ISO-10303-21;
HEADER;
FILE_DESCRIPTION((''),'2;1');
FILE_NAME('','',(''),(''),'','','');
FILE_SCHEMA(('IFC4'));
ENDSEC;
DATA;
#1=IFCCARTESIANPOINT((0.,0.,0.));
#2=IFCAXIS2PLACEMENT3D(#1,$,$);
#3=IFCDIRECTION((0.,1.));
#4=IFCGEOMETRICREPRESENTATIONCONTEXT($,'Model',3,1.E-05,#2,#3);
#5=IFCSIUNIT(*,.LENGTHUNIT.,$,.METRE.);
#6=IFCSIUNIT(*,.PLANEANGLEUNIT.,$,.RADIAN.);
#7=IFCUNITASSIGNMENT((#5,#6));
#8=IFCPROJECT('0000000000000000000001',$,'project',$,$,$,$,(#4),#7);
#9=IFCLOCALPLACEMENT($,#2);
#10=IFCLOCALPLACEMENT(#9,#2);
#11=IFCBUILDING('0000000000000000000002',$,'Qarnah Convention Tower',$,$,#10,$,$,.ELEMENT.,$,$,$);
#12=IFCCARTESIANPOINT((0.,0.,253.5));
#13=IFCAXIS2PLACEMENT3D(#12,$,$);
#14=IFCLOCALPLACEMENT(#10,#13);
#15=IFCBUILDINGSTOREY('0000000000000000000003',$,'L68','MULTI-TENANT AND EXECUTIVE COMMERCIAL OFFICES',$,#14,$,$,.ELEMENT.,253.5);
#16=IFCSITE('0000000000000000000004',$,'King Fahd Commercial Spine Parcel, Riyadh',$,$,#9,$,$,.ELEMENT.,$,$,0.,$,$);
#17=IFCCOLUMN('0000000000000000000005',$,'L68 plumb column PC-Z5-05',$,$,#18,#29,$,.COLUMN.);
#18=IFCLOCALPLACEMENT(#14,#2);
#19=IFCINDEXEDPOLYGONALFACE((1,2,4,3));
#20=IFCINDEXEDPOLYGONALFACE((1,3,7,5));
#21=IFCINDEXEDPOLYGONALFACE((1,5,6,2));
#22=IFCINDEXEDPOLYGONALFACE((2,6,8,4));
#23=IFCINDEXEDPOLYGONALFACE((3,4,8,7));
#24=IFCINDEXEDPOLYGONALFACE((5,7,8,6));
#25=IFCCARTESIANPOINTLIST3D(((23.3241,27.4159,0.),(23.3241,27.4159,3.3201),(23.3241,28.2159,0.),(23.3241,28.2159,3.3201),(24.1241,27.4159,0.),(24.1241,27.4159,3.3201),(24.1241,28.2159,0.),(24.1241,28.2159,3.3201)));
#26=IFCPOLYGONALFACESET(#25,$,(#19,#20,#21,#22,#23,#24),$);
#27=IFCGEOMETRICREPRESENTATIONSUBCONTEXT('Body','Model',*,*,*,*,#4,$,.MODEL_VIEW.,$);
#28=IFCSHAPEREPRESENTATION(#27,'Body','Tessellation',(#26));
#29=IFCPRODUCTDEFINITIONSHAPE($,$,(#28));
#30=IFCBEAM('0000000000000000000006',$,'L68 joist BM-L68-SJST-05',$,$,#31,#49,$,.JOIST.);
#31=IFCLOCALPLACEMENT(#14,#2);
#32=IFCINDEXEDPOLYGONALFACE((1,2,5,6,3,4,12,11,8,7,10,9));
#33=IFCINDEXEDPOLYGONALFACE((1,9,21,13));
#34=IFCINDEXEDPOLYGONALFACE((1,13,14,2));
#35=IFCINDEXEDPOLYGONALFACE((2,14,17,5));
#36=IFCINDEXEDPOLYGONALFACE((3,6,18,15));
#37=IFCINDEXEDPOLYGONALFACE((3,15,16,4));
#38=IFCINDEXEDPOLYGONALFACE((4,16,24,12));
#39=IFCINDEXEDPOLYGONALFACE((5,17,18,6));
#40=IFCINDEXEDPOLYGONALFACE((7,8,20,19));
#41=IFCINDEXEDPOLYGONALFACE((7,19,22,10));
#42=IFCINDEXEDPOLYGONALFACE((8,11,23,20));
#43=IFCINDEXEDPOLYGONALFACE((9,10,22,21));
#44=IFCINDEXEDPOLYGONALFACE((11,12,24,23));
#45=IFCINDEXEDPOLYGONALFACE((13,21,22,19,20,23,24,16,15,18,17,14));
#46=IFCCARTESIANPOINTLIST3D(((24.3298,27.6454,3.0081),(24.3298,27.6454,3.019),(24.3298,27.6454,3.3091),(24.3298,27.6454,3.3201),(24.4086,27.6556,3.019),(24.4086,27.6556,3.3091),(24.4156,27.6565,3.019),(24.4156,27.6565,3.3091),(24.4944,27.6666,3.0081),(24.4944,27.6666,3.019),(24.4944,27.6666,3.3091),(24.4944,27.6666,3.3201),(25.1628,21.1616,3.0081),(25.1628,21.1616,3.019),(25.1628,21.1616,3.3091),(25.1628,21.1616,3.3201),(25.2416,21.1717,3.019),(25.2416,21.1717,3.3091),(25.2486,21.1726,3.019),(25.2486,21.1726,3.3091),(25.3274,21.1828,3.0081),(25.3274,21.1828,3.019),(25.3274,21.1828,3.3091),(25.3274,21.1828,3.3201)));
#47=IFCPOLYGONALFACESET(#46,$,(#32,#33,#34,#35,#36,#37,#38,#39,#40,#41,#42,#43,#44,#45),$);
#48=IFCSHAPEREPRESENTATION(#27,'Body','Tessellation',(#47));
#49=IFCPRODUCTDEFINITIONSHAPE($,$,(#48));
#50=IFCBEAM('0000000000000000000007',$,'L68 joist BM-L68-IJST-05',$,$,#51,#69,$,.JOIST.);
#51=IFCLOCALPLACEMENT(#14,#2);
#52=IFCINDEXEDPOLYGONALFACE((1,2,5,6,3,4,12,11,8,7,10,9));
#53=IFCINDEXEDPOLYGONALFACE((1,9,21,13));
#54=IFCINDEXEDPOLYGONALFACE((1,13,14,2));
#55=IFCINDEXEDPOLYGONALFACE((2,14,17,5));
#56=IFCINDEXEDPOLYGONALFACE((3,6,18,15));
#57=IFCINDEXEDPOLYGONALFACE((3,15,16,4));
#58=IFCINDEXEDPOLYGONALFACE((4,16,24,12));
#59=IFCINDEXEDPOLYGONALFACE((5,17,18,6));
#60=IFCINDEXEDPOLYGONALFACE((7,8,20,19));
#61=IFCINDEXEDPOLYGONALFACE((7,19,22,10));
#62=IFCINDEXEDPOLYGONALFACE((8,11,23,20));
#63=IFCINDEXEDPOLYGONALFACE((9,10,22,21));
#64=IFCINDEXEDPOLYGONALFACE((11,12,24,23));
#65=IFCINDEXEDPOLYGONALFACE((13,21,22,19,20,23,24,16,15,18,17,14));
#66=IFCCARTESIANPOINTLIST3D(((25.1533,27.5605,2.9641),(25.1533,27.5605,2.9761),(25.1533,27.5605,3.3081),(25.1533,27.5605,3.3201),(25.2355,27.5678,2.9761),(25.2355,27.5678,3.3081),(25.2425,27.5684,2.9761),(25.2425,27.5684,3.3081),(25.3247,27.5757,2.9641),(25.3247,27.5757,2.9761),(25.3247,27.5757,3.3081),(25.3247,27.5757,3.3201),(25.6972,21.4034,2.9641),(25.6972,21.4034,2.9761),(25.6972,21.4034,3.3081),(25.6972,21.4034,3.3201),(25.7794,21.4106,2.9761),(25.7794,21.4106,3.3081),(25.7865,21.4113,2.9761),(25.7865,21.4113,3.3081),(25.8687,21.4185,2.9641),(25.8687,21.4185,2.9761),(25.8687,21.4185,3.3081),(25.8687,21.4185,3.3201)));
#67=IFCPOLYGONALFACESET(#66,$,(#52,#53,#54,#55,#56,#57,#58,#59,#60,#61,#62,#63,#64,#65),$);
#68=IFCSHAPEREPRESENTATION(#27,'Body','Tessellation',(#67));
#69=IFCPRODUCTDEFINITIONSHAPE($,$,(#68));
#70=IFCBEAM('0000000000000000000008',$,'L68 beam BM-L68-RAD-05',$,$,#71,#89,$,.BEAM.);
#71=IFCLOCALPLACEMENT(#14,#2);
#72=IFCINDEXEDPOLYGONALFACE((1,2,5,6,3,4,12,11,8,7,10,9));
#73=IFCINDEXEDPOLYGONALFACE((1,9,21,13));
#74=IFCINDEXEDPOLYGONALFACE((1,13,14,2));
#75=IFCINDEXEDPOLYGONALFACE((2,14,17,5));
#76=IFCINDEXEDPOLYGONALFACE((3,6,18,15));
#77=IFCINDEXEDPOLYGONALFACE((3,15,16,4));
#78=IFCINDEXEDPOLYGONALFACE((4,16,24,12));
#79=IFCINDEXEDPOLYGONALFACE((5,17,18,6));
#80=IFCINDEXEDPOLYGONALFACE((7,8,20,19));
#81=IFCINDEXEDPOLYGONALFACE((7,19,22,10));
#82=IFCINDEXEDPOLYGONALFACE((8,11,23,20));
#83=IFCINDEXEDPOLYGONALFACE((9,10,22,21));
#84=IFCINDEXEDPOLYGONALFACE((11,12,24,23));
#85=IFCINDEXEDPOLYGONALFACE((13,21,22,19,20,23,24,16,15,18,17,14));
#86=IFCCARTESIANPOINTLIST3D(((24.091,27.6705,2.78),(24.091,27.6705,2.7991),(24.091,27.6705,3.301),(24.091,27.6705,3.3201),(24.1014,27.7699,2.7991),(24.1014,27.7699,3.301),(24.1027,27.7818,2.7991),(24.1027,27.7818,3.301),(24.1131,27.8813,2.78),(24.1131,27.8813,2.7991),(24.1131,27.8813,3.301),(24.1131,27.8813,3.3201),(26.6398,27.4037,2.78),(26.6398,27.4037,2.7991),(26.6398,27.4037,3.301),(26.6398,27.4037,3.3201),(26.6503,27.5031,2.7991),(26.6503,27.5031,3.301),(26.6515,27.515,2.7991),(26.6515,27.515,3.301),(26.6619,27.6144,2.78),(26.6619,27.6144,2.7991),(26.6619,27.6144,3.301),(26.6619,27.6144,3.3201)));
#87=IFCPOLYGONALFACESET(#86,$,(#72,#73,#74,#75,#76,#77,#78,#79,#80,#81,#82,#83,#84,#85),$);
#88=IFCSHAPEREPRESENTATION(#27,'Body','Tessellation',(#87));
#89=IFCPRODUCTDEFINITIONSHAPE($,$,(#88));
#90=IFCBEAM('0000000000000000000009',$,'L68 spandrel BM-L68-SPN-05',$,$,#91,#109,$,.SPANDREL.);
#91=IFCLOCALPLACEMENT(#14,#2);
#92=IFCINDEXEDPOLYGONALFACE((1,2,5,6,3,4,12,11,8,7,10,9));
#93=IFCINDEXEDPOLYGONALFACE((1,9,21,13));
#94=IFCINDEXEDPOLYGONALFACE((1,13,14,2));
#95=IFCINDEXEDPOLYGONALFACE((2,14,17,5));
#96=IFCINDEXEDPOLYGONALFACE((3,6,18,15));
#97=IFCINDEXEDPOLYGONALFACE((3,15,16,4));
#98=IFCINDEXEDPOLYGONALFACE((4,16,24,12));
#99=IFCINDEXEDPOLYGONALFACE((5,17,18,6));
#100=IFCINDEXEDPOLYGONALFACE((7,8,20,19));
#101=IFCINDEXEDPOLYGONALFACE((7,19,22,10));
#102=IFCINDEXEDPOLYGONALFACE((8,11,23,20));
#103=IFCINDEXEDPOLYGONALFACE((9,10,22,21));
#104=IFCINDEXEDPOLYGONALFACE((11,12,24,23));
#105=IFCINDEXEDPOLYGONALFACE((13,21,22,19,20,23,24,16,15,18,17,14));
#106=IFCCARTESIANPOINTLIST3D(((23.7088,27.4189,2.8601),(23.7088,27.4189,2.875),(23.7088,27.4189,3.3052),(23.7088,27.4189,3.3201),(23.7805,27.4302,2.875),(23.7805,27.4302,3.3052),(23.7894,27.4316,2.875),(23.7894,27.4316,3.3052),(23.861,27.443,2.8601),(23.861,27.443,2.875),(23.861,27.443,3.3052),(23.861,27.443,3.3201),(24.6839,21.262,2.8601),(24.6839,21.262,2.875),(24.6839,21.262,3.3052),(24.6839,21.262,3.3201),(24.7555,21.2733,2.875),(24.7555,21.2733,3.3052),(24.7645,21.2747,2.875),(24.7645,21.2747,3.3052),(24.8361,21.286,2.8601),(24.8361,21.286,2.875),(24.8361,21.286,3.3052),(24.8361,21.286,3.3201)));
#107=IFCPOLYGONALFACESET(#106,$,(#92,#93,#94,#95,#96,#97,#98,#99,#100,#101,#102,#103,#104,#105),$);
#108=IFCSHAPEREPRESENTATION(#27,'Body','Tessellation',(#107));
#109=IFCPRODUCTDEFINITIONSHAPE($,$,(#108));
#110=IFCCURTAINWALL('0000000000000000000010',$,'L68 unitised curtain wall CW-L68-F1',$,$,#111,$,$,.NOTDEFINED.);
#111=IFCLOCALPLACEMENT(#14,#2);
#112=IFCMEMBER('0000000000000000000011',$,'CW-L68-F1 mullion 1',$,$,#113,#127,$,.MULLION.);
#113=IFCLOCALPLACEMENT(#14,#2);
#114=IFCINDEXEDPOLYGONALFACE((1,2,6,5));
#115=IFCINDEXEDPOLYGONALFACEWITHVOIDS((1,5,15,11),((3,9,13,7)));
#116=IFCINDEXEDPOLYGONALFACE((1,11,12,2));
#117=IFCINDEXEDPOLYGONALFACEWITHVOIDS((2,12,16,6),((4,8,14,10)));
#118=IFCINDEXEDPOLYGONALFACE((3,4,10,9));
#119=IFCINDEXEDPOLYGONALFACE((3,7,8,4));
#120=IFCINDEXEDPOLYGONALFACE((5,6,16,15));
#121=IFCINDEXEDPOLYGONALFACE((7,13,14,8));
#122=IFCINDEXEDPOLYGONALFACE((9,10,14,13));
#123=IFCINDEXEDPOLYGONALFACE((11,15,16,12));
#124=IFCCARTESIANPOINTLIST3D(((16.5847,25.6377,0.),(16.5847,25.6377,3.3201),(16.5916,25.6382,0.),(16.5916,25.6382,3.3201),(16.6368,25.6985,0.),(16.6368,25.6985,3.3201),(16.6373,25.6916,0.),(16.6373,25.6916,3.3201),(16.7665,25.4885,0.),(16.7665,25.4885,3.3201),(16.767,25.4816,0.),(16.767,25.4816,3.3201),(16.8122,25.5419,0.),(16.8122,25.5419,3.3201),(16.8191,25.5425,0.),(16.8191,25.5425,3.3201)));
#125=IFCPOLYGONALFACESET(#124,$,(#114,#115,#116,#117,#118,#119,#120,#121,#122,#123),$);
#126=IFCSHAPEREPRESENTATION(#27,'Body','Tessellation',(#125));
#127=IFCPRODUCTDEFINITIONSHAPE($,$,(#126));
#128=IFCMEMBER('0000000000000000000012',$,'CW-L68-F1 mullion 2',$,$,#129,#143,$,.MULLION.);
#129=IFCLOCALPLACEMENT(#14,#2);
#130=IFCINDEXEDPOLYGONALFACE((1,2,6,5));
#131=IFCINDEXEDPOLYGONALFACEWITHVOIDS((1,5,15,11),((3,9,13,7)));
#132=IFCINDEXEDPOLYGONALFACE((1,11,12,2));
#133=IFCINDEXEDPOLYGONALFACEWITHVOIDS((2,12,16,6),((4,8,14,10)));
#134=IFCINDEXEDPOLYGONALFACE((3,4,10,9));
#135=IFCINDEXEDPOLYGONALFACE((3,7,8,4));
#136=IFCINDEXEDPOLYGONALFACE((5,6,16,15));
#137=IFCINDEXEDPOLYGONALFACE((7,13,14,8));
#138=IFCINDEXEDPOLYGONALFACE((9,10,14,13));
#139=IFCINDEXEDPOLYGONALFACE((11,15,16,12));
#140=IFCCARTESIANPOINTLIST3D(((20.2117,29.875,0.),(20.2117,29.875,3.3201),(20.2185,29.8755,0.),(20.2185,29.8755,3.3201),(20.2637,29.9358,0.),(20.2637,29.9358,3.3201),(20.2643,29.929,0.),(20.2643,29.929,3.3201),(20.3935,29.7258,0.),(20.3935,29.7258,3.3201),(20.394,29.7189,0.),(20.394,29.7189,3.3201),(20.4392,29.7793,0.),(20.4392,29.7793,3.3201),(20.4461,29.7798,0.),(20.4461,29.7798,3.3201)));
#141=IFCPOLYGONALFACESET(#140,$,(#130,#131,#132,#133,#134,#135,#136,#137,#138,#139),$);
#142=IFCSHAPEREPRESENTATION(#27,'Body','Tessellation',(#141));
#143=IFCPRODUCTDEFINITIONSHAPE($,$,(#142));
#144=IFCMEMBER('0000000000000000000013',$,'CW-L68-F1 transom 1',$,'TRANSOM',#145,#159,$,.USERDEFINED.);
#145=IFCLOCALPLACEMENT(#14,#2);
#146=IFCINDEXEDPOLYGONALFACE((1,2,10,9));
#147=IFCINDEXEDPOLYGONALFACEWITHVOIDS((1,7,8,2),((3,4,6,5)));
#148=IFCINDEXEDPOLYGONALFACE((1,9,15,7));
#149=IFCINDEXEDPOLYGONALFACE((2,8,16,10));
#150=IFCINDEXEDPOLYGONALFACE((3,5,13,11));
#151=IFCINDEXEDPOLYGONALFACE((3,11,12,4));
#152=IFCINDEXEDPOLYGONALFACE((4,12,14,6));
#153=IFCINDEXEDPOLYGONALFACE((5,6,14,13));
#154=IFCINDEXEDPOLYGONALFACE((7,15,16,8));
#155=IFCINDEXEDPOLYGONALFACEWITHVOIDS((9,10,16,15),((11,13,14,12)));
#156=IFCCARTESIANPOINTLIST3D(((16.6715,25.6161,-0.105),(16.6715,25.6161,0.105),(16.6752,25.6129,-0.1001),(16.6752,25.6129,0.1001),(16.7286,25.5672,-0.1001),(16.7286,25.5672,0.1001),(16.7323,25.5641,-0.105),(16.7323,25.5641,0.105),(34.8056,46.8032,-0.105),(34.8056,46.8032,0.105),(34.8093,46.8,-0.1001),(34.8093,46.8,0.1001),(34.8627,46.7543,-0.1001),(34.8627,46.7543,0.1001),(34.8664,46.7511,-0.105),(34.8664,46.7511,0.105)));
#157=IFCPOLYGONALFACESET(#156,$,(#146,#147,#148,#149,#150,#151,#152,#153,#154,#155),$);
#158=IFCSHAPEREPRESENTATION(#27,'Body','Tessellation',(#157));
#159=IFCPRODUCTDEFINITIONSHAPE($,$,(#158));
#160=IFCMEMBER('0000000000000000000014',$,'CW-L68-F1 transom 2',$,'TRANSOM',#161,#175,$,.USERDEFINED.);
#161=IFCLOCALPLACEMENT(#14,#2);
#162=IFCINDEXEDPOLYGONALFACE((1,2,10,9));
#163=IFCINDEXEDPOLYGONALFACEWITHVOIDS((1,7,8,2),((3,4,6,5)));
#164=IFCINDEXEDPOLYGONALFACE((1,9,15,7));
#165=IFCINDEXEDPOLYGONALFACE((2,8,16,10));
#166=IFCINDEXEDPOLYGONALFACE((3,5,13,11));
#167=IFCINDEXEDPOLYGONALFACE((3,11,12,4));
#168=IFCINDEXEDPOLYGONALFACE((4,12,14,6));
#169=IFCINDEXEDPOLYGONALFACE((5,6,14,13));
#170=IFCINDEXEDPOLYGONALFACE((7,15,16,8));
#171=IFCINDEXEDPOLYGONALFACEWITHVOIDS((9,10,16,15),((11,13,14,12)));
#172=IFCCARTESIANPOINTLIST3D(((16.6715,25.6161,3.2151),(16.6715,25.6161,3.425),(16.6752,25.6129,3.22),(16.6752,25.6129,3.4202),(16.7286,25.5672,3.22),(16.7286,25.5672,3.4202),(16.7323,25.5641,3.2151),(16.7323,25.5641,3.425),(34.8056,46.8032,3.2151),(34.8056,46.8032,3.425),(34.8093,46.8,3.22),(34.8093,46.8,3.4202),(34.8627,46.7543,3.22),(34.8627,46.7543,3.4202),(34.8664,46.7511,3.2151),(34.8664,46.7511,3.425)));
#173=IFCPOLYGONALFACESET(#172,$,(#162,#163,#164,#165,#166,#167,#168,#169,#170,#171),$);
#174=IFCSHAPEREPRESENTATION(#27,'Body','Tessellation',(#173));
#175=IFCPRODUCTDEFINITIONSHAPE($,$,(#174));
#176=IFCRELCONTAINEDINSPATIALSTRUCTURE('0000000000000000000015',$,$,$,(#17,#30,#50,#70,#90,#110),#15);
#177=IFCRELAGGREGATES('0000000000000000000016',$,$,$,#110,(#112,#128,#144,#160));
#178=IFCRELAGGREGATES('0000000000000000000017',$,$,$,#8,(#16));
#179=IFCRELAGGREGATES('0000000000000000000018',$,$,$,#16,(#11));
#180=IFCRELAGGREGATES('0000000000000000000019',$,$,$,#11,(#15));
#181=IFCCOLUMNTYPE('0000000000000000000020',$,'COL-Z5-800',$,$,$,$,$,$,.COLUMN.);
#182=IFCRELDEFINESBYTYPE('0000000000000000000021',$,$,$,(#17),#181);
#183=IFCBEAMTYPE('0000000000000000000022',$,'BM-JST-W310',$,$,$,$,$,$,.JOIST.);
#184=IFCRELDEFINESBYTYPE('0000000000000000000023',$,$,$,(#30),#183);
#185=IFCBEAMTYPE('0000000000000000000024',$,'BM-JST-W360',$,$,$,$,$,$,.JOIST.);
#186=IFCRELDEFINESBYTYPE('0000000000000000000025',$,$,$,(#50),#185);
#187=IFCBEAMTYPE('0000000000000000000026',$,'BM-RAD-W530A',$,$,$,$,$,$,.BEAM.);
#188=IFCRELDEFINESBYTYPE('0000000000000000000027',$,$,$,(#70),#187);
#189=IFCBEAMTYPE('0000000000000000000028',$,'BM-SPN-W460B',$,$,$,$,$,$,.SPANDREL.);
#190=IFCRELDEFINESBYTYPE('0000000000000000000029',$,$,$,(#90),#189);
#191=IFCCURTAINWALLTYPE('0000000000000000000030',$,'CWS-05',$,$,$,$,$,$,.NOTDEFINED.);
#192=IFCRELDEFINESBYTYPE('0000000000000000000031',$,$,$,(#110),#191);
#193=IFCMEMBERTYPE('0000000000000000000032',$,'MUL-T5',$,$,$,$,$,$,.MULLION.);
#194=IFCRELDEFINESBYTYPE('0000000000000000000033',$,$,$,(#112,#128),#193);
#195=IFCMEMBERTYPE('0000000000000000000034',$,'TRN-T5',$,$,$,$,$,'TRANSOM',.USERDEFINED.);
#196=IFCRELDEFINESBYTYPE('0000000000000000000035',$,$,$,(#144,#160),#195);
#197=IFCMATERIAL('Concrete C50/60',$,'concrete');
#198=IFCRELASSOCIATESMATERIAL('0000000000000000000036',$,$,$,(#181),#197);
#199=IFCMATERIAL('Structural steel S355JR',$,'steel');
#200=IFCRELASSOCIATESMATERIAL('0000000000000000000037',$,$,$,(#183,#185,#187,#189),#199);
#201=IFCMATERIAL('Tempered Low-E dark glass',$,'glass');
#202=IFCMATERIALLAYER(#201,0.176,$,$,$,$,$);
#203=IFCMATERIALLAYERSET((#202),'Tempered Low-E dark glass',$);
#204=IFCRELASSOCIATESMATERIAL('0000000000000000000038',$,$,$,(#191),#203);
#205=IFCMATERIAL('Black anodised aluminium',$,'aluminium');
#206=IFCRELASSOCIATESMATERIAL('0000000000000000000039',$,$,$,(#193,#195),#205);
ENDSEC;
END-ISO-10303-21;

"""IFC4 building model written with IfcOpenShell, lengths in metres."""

from ifc_helpers import new_model, si_unit, direction, frame, origin, origin_2d, place, context, subcontext, project, spatial, rectangle, hollow_rectangle, i_section, extrude, material, layer, layer_set, material_profile, profile_set, type_object, element, aggregate, save


model = new_model("IFC4")

# Units and contexts
model_context = context("Model", 3, precision=1e-05, world=origin(), true_north=direction((0.0, 1.0)))
body_context = subcontext(model_context, "Body", "Model", "MODEL_VIEW")
ifc_project = project(units=[si_unit("LENGTHUNIT", "METRE"), si_unit("PLANEANGLEUNIT", "RADIAN")], contexts=[model_context])

# Site, building, storey
site_placement = place(None, origin())
site = spatial("IfcSite", under=ifc_project, at=site_placement, Name="King Fahd Commercial Spine Parcel, Riyadh", CompositionType="ELEMENT", RefElevation=0.0)
building_placement = place(site_placement, origin())
building = spatial("IfcBuilding", under=site, at=building_placement, Name="Qarnah Convention Tower", CompositionType="ELEMENT")
storey_placement = place(building_placement, frame((0.0, 0.0, 253.5)))
storey = spatial("IfcBuildingStorey", under=building, at=storey_placement, Name="L68", Description="MULTI-TENANT AND EXECUTIVE COMMERCIAL OFFICES", CompositionType="ELEMENT", Elevation=253.5)

# Column
ifc_material_1 = material(Name="Concrete C50/60", Category="concrete")
ifc_material_profile_1 = material_profile(ifc_material_1, rectangle(XDim=0.8, YDim=0.8, at=origin_2d()), Name="RC-COL-800X800")
ifc_profile_set_1 = profile_set([ifc_material_profile_1], Name="Concrete C50/60")
column_type = type_object("IfcColumnType", Name="COL-Z5-800", PredefinedType="COLUMN", material=ifc_profile_set_1)
column_placement = place(storey_placement, frame((23.7241, 27.8159, 0.0), z_axis=(0.0, 0.0, 1.0), x_axis=(1.0, 0.0, 0.0)))
element("IfcColumn", 1, at=column_placement, inside=storey, type_object=column_type, Name="L68 plumb column PC-Z5-05", PredefinedType="COLUMN", context=body_context, shape_type="SweptSolid", body=[
    extrude(rectangle(XDim=0.8, YDim=0.8, at=origin_2d()), origin(), (0.0, 0.0, 1.0), 3.3201),
])

# Beams
ifc_material_2 = material(Name="Structural steel S355JR", Category="steel")
ifc_material_profile_2 = material_profile(ifc_material_2, i_section(OverallWidth=0.166, OverallDepth=0.312, WebThickness=0.0071, FlangeThickness=0.011, at=origin_2d()), Name="W310X45")
ifc_profile_set_2 = profile_set([ifc_material_profile_2], Name="Structural steel S355JR")
beam_type_1 = type_object("IfcBeamType", Name="BM-JST-W310", PredefinedType="JOIST", material=ifc_profile_set_2)
beam_1_placement = place(storey_placement, frame((24.4121, 27.656, 3.1641), z_axis=(0.127426, -0.991848, 0.0), x_axis=(0.991848, 0.127426, 0.0)))
element("IfcBeam", 2, at=beam_1_placement, inside=storey, type_object=beam_type_1, Name="L68 joist BM-L68-SJST-05", PredefinedType="JOIST", context=body_context, shape_type="SweptSolid", body=[
    extrude(i_section(OverallWidth=0.166, OverallDepth=0.312, WebThickness=0.0071, FlangeThickness=0.011, at=origin_2d()), origin(), (0.0, 0.0, 1.0), 6.5371),
])
ifc_material_profile_3 = material_profile(ifc_material_2, i_section(OverallWidth=0.1721, OverallDepth=0.356, WebThickness=0.0071, FlangeThickness=0.012, at=origin_2d()), Name="W360X51")
ifc_profile_set_3 = profile_set([ifc_material_profile_3], Name="Structural steel S355JR")
beam_type_2 = type_object("IfcBeamType", Name="BM-JST-W360", PredefinedType="JOIST", material=ifc_profile_set_3)
beam_2_placement = place(storey_placement, frame((25.239, 27.5681, 3.1421), z_axis=(0.088, -0.99612, 0.0), x_axis=(0.99612, 0.088, 0.0)))
element("IfcBeam", 3, at=beam_2_placement, inside=storey, type_object=beam_type_2, Name="L68 joist BM-L68-IJST-05", PredefinedType="JOIST", context=body_context, shape_type="SweptSolid", body=[
    extrude(i_section(OverallWidth=0.1721, OverallDepth=0.356, WebThickness=0.0071, FlangeThickness=0.012, at=origin_2d()), origin(), (0.0, 0.0, 1.0), 6.1812),
])
ifc_material_profile_4 = material_profile(ifc_material_2, i_section(OverallWidth=0.2119, OverallDepth=0.54, WebThickness=0.012, FlangeThickness=0.019, at=origin_2d()), Name="W530X109")
ifc_profile_set_4 = profile_set([ifc_material_profile_4], Name="Structural steel S355JR")
beam_type_3 = type_object("IfcBeamType", Name="BM-RAD-W530A", PredefinedType="BEAM", material=ifc_profile_set_4)
beam_3_placement = place(storey_placement, frame((26.6509, 27.509, 3.05), z_axis=(-0.994564, 0.104124, 0.0), x_axis=(-0.104124, -0.994564, 0.0)))
element("IfcBeam", 4, at=beam_3_placement, inside=storey, type_object=beam_type_3, Name="L68 beam BM-L68-RAD-05", PredefinedType="BEAM", context=body_context, shape_type="SweptSolid", body=[
    extrude(i_section(OverallWidth=0.2119, OverallDepth=0.54, WebThickness=0.012, FlangeThickness=0.019, at=origin_2d()), origin(), (0.0, 0.0, 1.0), 2.5627),
])
ifc_material_profile_5 = material_profile(ifc_material_2, i_section(OverallWidth=0.1541, OverallDepth=0.46, WebThickness=0.009, FlangeThickness=0.0149, at=origin_2d()), Name="W460X68")
ifc_profile_set_5 = profile_set([ifc_material_profile_5], Name="Structural steel S355JR")
beam_type_4 = type_object("IfcBeamType", Name="BM-SPN-W460B", PredefinedType="SPANDREL", material=ifc_profile_set_5)
beam_4_placement = place(storey_placement, frame((23.7849, 27.4309, 3.0901), z_axis=(0.156423, -0.98769, 0.0), x_axis=(0.98769, 0.156423, 0.0)))
element("IfcBeam", 5, at=beam_4_placement, inside=storey, type_object=beam_type_4, Name="L68 spandrel BM-L68-SPN-05", PredefinedType="SPANDREL", context=body_context, shape_type="SweptSolid", body=[
    extrude(i_section(OverallWidth=0.1541, OverallDepth=0.46, WebThickness=0.009, FlangeThickness=0.0149, at=origin_2d()), origin(), (0.0, 0.0, 1.0), 6.2336),
])

# Curtain wall, members
ifc_material_3 = material(Name="Tempered Low-E dark glass", Category="glass")
ifc_layer_1 = layer(ifc_material_3, 0.176)
ifc_layer_set_1 = layer_set([ifc_layer_1], Name="Tempered Low-E dark glass")
curtain_wall_type = type_object("IfcCurtainWallType", Name="CWS-05", PredefinedType="NOTDEFINED", material=ifc_layer_set_1)
curtain_wall_placement = place(storey_placement, origin())
curtain_wall = element("IfcCurtainWall", 6, at=curtain_wall_placement, inside=storey, type_object=curtain_wall_type, Name="L68 unitised curtain wall CW-L68-F1", PredefinedType="NOTDEFINED")
ifc_material_4 = material(Name="Black anodised aluminium", Category="aluminium")
ifc_material_profile_6 = material_profile(ifc_material_4, hollow_rectangle(XDim=0.0801, YDim=0.24, WallThickness=0.0049, at=origin_2d()), Name="MUL-80X240")
ifc_profile_set_6 = profile_set([ifc_material_profile_6], Name="Black anodised aluminium")
member_type_1 = type_object("IfcMemberType", Name="MUL-T5", PredefinedType="MULLION", material=ifc_profile_set_6)
member_1_placement = place(storey_placement, frame((16.7019, 25.5901, 0.0), z_axis=(0.0, 0.0, 1.0), x_axis=(0.650248, 0.759722, 0.0)))
member_1 = element("IfcMember", 7, at=member_1_placement, type_object=member_type_1, Name="CW-L68-F1 mullion 1", PredefinedType="MULLION", context=body_context, shape_type="SweptSolid", body=[
    extrude(hollow_rectangle(XDim=0.0801, YDim=0.24, WallThickness=0.0049, at=origin_2d()), origin(), (0.0, 0.0, 1.0), 3.3201),
])
member_2_placement = place(storey_placement, frame((20.3289, 29.8274, 0.0), z_axis=(0.0, 0.0, 1.0), x_axis=(0.650248, 0.759722, 0.0)))
member_2 = element("IfcMember", 8, at=member_2_placement, type_object=member_type_1, Name="CW-L68-F1 mullion 2", PredefinedType="MULLION", context=body_context, shape_type="SweptSolid", body=[
    extrude(hollow_rectangle(XDim=0.0801, YDim=0.24, WallThickness=0.0049, at=origin_2d()), origin(), (0.0, 0.0, 1.0), 3.3201),
])
ifc_material_profile_7 = material_profile(ifc_material_4, hollow_rectangle(XDim=0.0801, YDim=0.21, WallThickness=0.0049, at=origin_2d()), Name="TRN-80X210")
ifc_profile_set_7 = profile_set([ifc_material_profile_7], Name="Black anodised aluminium")
member_type_2 = type_object("IfcMemberType", Name="TRN-T5", ElementType="TRANSOM", PredefinedType="USERDEFINED", material=ifc_profile_set_7)
member_3_placement = place(storey_placement, frame((16.7019, 25.5901, 0.0), z_axis=(0.650248, 0.759722, 0.0), x_axis=(-0.759722, 0.650248, 0.0)))
member_3 = element("IfcMember", 9, at=member_3_placement, type_object=member_type_2, Name="CW-L68-F1 transom 1", ObjectType="TRANSOM", PredefinedType="USERDEFINED", context=body_context, shape_type="SweptSolid", body=[
    extrude(hollow_rectangle(XDim=0.0801, YDim=0.21, WallThickness=0.0049, at=origin_2d()), origin(), (0.0, 0.0, 1.0), 27.8879),
])
member_4_placement = place(storey_placement, frame((16.7019, 25.5901, 3.3201), z_axis=(0.650248, 0.759722, 0.0), x_axis=(-0.759722, 0.650248, 0.0)))
member_4 = element("IfcMember", 10, at=member_4_placement, type_object=member_type_2, Name="CW-L68-F1 transom 2", ObjectType="TRANSOM", PredefinedType="USERDEFINED", context=body_context, shape_type="SweptSolid", body=[
    extrude(hollow_rectangle(XDim=0.0801, YDim=0.21, WallThickness=0.0049, at=origin_2d()), origin(), (0.0, 0.0, 1.0), 27.8879),
])
aggregate(curtain_wall, [member_1, member_2, member_3, member_4])

save(model, "model.ifc")
